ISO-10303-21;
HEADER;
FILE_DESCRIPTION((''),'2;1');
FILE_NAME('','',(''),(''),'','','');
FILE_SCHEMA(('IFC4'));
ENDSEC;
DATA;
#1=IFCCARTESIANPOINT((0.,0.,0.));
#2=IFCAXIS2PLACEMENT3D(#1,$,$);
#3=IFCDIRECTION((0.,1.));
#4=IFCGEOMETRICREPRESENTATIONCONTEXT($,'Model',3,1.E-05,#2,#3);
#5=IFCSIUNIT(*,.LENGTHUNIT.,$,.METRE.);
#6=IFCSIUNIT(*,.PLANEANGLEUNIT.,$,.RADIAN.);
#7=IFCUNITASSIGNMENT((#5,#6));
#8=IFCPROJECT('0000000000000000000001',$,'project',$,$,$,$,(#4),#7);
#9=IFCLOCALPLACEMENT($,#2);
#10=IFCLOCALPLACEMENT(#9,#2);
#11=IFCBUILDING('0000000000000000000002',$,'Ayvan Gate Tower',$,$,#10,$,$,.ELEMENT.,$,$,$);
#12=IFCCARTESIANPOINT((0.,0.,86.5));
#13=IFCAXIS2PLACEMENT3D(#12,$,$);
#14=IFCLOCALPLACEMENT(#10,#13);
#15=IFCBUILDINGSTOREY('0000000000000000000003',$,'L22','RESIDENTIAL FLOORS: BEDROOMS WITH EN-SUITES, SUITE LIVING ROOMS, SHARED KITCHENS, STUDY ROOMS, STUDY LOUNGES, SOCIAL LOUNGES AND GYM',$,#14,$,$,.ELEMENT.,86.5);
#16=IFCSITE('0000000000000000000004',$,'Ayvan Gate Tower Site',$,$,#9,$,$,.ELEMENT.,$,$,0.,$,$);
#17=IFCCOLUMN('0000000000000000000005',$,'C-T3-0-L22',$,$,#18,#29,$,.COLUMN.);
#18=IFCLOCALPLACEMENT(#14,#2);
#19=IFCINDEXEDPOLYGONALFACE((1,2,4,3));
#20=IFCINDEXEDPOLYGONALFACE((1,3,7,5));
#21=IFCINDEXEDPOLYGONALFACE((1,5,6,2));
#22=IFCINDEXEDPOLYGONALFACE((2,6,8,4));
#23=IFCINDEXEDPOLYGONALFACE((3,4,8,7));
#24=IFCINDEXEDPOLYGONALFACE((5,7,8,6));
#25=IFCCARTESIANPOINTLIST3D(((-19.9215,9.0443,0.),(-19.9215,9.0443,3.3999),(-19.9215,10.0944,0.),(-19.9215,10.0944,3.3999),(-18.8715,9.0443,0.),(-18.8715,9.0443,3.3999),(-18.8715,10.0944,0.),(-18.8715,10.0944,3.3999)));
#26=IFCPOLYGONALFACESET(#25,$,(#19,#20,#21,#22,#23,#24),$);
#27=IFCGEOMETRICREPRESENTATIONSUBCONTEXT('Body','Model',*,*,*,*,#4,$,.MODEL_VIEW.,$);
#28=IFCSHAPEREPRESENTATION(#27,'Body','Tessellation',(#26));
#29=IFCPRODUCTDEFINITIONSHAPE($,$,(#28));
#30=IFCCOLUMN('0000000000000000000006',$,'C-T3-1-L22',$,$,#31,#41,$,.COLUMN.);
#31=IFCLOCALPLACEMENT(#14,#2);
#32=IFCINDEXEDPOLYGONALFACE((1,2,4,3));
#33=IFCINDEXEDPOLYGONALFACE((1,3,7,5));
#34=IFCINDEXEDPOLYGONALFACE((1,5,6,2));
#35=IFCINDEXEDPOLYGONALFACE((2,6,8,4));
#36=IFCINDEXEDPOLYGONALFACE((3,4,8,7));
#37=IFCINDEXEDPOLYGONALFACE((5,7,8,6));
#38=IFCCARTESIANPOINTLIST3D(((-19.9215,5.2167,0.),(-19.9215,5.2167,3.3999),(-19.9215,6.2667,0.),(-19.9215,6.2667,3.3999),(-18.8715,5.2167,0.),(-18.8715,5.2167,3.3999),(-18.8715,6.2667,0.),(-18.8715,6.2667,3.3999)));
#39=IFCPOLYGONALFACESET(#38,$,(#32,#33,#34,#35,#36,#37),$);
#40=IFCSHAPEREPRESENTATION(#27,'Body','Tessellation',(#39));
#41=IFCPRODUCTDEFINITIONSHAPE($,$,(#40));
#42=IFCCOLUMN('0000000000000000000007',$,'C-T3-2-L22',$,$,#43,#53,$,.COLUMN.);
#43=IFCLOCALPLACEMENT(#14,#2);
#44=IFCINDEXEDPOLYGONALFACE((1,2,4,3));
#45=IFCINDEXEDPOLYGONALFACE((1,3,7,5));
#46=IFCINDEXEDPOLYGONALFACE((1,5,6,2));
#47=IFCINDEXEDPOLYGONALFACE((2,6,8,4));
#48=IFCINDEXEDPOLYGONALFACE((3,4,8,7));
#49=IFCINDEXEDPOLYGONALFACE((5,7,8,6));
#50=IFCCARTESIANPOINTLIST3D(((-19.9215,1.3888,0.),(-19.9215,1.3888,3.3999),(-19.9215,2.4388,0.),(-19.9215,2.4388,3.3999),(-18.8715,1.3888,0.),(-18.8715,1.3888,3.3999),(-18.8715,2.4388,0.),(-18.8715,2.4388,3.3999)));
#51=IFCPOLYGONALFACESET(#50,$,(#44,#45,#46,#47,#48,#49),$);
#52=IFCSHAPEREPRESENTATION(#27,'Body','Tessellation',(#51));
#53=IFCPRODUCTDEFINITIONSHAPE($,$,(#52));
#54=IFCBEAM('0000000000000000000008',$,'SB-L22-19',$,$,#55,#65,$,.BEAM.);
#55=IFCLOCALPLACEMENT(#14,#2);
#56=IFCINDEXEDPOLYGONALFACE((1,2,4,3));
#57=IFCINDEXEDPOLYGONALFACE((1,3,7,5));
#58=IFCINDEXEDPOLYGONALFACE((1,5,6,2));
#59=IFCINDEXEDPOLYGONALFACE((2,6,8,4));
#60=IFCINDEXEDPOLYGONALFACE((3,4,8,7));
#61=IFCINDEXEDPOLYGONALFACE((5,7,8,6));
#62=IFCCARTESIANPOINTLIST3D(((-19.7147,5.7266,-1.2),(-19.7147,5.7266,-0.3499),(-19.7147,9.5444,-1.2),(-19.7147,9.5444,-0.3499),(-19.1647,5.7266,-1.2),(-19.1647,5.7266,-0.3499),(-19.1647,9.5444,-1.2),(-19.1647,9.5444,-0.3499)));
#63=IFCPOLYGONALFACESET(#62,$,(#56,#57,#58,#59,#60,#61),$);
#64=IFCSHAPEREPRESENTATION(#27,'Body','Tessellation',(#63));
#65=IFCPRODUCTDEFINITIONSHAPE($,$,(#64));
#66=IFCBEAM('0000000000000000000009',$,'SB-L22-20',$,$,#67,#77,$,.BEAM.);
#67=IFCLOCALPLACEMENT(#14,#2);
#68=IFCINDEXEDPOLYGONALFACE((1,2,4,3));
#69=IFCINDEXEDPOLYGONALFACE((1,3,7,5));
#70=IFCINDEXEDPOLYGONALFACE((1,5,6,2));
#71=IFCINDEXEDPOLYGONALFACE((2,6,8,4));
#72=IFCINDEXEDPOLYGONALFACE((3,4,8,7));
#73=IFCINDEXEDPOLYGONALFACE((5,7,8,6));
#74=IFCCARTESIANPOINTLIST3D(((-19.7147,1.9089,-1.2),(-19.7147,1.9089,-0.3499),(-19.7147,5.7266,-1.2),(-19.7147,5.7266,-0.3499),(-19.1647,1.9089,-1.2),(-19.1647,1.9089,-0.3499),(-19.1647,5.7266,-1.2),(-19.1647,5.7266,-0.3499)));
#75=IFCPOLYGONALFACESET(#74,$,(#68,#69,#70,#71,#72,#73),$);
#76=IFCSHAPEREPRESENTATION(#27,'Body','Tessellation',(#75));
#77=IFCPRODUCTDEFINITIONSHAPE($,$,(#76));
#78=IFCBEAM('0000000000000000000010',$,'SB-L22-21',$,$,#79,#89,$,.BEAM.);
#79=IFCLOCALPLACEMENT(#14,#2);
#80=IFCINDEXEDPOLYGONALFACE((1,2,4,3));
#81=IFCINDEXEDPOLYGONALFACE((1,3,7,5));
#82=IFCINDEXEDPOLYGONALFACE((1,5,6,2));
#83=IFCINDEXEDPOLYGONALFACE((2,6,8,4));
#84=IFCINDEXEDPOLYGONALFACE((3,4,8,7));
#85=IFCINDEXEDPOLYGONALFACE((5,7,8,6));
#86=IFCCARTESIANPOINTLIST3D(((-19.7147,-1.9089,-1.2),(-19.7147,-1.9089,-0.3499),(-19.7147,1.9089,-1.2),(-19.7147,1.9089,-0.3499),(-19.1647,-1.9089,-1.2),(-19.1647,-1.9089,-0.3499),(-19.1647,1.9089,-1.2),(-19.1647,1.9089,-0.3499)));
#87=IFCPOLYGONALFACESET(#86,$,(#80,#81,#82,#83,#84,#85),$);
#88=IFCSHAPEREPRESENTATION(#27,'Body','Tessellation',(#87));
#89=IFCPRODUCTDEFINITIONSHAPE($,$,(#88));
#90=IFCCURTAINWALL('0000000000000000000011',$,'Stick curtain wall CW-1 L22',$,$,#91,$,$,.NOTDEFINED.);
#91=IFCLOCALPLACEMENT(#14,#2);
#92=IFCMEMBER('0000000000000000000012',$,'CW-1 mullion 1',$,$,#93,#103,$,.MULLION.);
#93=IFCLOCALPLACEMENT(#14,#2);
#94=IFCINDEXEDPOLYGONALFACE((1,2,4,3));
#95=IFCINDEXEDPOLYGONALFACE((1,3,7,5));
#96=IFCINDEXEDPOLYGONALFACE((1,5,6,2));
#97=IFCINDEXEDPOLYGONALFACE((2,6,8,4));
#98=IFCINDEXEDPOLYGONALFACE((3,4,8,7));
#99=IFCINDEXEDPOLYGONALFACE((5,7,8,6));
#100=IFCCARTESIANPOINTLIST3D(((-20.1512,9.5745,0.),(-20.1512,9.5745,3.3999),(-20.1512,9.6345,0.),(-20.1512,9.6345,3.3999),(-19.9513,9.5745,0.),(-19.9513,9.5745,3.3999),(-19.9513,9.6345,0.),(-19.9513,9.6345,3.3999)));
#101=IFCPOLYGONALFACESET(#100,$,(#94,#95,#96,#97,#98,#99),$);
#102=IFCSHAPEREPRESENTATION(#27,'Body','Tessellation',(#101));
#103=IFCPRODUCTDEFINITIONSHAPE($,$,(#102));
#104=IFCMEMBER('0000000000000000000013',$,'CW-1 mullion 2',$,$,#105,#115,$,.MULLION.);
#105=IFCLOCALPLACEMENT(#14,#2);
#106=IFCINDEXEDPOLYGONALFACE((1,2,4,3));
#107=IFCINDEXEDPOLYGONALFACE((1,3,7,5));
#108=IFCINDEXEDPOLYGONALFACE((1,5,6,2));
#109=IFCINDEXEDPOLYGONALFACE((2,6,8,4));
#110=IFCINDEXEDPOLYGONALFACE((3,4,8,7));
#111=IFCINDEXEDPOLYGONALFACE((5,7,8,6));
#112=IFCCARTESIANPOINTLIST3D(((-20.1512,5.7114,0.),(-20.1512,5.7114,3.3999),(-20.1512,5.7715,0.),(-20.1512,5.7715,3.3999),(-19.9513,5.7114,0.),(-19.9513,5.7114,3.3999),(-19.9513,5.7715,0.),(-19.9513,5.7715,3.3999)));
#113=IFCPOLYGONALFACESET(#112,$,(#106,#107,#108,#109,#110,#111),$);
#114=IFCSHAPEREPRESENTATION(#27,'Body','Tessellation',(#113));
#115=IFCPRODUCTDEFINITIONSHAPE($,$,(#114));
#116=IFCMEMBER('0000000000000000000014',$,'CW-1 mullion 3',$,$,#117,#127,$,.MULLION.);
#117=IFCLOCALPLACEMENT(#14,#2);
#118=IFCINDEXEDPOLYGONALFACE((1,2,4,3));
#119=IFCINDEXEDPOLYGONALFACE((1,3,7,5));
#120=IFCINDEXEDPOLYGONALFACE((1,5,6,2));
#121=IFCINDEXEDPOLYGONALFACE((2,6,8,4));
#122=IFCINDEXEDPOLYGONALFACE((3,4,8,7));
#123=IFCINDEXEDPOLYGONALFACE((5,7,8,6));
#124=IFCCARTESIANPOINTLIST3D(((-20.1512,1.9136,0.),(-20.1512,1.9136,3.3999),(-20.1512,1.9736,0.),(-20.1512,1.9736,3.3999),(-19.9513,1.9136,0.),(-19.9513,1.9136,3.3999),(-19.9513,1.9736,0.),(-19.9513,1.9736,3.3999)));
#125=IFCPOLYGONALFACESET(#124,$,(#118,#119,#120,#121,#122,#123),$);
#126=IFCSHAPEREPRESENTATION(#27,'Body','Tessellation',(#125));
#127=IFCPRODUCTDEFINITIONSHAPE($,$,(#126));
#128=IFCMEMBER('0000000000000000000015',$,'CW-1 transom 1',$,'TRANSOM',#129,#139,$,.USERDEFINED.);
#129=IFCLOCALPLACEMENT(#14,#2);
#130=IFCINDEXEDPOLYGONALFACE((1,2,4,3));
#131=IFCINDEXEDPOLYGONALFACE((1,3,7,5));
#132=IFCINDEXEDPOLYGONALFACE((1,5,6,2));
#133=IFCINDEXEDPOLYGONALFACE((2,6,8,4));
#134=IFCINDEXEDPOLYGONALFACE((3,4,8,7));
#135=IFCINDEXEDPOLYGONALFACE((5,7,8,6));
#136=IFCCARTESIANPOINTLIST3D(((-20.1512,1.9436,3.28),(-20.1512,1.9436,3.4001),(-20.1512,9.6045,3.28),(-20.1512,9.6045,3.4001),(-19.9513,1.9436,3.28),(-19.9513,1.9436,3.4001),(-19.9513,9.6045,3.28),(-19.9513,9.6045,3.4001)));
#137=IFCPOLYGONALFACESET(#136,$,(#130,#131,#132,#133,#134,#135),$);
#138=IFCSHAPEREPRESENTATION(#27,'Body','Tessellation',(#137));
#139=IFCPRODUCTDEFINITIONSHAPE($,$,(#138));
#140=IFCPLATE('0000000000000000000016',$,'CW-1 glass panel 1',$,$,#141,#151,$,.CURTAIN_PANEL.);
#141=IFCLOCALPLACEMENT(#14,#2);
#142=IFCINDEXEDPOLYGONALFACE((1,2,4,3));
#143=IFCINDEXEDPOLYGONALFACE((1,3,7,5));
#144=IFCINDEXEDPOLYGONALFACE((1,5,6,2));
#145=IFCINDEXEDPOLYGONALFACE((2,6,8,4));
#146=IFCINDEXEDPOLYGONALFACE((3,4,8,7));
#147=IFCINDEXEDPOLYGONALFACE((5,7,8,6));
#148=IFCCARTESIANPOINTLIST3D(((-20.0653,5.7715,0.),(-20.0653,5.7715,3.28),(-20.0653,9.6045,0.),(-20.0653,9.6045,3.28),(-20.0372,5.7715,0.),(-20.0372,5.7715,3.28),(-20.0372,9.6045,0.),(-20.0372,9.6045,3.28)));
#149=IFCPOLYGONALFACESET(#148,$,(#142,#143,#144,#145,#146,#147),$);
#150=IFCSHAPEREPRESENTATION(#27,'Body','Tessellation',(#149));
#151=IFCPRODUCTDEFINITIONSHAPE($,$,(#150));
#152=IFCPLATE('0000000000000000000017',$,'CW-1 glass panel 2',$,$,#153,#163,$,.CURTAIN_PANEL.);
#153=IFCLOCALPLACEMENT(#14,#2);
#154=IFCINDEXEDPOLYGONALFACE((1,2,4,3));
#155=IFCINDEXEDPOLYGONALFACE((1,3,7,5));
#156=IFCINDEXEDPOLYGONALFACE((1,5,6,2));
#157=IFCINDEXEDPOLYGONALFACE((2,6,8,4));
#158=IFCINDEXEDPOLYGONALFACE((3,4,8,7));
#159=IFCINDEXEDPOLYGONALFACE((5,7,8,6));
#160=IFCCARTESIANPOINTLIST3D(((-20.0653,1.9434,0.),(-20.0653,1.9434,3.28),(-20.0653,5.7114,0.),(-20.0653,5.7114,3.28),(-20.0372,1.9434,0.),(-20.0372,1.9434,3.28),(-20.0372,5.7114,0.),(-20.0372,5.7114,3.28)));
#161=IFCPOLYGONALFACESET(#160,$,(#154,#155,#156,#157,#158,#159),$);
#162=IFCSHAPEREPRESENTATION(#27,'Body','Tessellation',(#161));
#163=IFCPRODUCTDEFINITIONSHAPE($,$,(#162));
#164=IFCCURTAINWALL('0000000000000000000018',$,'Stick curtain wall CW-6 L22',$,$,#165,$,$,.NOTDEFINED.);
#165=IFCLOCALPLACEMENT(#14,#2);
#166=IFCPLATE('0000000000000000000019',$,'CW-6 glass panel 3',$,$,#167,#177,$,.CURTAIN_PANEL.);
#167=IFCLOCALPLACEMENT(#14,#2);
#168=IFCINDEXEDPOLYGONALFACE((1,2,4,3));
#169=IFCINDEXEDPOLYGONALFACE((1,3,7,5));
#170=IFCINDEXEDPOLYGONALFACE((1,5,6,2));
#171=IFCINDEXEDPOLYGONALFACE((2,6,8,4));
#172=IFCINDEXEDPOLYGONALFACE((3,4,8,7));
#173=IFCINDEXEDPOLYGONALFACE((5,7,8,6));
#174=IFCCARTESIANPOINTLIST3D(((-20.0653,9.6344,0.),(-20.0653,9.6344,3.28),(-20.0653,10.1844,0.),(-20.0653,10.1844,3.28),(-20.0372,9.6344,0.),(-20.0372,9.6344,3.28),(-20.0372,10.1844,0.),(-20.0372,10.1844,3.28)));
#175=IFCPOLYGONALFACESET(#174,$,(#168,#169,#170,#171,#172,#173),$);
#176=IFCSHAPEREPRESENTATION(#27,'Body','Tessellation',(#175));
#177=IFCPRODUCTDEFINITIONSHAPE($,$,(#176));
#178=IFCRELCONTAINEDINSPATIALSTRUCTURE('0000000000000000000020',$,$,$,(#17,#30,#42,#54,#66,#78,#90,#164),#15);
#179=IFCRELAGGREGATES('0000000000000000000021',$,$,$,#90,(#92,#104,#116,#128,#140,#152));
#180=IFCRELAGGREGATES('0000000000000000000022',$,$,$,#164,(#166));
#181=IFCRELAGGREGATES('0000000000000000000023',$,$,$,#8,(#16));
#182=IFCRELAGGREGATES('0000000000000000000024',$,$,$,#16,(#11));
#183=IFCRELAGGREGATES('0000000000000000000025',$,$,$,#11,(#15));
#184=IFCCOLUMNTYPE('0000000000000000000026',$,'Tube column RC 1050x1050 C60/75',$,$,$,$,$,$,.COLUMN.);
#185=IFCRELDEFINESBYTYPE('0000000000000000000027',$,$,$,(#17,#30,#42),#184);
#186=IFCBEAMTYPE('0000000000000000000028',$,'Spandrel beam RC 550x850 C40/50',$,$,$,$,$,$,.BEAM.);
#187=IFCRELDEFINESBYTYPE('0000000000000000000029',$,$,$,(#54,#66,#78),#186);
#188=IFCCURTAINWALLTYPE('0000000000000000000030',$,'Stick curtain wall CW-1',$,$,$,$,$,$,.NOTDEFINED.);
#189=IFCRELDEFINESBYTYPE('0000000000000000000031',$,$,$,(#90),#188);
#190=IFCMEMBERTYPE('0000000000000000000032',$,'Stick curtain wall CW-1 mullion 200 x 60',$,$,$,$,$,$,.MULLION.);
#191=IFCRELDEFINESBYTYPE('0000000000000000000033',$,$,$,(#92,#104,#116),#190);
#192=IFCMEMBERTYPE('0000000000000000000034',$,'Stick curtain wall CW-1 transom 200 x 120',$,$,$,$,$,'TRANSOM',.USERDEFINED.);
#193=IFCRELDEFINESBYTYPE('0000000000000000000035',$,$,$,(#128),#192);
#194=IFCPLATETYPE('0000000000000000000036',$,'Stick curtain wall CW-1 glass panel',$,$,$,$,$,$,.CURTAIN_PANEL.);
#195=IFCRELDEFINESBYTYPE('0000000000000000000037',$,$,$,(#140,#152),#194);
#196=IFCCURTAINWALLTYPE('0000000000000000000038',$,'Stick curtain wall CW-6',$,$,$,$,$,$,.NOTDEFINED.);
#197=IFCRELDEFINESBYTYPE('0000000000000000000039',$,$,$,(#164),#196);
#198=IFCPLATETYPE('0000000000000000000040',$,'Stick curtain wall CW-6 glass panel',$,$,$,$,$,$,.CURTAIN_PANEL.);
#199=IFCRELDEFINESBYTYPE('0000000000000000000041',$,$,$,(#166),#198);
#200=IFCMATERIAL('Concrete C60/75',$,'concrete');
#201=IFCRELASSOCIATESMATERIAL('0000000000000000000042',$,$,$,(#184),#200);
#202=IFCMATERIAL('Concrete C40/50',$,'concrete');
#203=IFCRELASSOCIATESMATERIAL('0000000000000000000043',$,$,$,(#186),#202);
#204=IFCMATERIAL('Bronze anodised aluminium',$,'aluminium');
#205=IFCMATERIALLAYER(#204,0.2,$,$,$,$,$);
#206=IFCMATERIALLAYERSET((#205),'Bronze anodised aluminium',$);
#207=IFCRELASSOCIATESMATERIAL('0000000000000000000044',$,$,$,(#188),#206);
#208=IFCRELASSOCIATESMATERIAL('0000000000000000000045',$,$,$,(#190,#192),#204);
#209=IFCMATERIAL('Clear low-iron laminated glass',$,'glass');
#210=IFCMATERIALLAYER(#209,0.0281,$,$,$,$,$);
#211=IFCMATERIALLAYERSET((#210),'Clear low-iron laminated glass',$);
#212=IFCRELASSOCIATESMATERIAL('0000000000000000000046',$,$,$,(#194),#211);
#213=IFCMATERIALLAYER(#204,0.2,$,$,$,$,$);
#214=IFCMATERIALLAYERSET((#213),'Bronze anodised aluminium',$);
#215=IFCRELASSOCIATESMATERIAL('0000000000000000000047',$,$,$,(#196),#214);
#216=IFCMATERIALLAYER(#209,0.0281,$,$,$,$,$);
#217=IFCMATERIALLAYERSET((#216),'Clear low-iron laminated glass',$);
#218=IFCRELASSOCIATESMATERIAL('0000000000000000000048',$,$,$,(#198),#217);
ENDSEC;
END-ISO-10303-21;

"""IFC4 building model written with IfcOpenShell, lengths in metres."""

from ifc_helpers import new_model, si_unit, direction, frame, origin, origin_2d, place, context, subcontext, project, spatial, rectangle, extrude, material, layer, layer_set, material_profile, profile_set, type_object, element, aggregate, save


model = new_model("IFC4")

# Units and contexts
model_context = context("Model", 3, precision=1e-05, world=origin(), true_north=direction((0.0, 1.0)))
body_context = subcontext(model_context, "Body", "Model", "MODEL_VIEW")
ifc_project = project(units=[si_unit("LENGTHUNIT", "METRE"), si_unit("PLANEANGLEUNIT", "RADIAN")], contexts=[model_context])

# Site, building, storey
site_placement = place(None, origin())
site = spatial("IfcSite", under=ifc_project, at=site_placement, Name="Ayvan Gate Tower Site", CompositionType="ELEMENT", RefElevation=0.0)
building_placement = place(site_placement, origin())
building = spatial("IfcBuilding", under=site, at=building_placement, Name="Ayvan Gate Tower", CompositionType="ELEMENT")
storey_placement = place(building_placement, frame((0.0, 0.0, 86.5)))
storey = spatial("IfcBuildingStorey", under=building, at=storey_placement, Name="L22", Description="RESIDENTIAL FLOORS: BEDROOMS WITH EN-SUITES, SUITE LIVING ROOMS, SHARED KITCHENS, STUDY ROOMS, STUDY LOUNGES, SOCIAL LOUNGES AND GYM", CompositionType="ELEMENT", Elevation=86.5)

# Columns
ifc_material_1 = material(Name="Concrete C60/75", Category="concrete")
ifc_material_profile_1 = material_profile(ifc_material_1, rectangle(XDim=1.05, YDim=1.05, at=origin_2d()), Name="RC 1050x1050")
ifc_profile_set_1 = profile_set([ifc_material_profile_1], Name="Concrete C60/75")
column_type = type_object("IfcColumnType", Name="Tube column RC 1050x1050 C60/75", PredefinedType="COLUMN", material=ifc_profile_set_1)
for number, where, z_axis, x_axis, name in (
    (1, (-19.3965, 9.5693, 0.0), (0.0, 0.0, 1.0), (-1.0, 0.0, 0.0), "C-T3-0-L22"),
    (2, (-19.3965, 5.7417, 0.0), (0.0, 0.0, 1.0), (-1.0, 0.0, 0.0), "C-T3-1-L22"),
    (3, (-19.3965, 1.9138, 0.0), (0.0, 0.0, 1.0), (-1.0, 0.0, 0.0), "C-T3-2-L22"),
):
    element("IfcColumn", number, at=place(storey_placement, frame(where, z_axis=z_axis, x_axis=x_axis)), inside=storey, type_object=column_type, Name=name, PredefinedType="COLUMN", context=body_context, shape_type="SweptSolid", body=[
        extrude(rectangle(XDim=1.05, YDim=1.05, at=origin_2d()), origin(), (0.0, 0.0, 1.0), 3.3999),
    ])

# Beams
ifc_material_2 = material(Name="Concrete C40/50", Category="concrete")
ifc_material_profile_2 = material_profile(ifc_material_2, rectangle(XDim=0.55, YDim=0.8501, at=origin_2d()), Name="RC 550x850")
ifc_profile_set_2 = profile_set([ifc_material_profile_2], Name="Concrete C40/50")
beam_type = type_object("IfcBeamType", Name="Spandrel beam RC 550x850 C40/50", PredefinedType="BEAM", material=ifc_profile_set_2)
beam_1_placement = place(storey_placement, frame((-19.4397, 9.5444, -0.7749), z_axis=(0.0, -1.0, 0.0), x_axis=(1.0, 0.0, 0.0)))
element("IfcBeam", 4, at=beam_1_placement, inside=storey, type_object=beam_type, Name="SB-L22-19", PredefinedType="BEAM", context=body_context, shape_type="SweptSolid", body=[
    extrude(rectangle(XDim=0.55, YDim=0.8501, at=origin_2d()), origin(), (0.0, 0.0, 1.0), 3.8179),
])
beam_2_placement = place(storey_placement, frame((-19.4397, 5.7266, -0.7749), z_axis=(0.0, -1.0, 0.0), x_axis=(1.0, 0.0, 0.0)))
element("IfcBeam", 5, at=beam_2_placement, inside=storey, type_object=beam_type, Name="SB-L22-20", PredefinedType="BEAM", context=body_context, shape_type="SweptSolid", body=[
    extrude(rectangle(XDim=0.55, YDim=0.8501, at=origin_2d()), origin(), (0.0, 0.0, 1.0), 3.8176),
])
beam_3_placement = place(storey_placement, frame((-19.4397, 1.9089, -0.7749), z_axis=(0.0, -1.0, 0.0), x_axis=(1.0, 0.0, 0.0)))
element("IfcBeam", 6, at=beam_3_placement, inside=storey, type_object=beam_type, Name="SB-L22-21", PredefinedType="BEAM", context=body_context, shape_type="SweptSolid", body=[
    extrude(rectangle(XDim=0.55, YDim=0.8501, at=origin_2d()), origin(), (0.0, 0.0, 1.0), 3.8179),
])

# Curtain wall, members, plates
ifc_material_3 = material(Name="Bronze anodised aluminium", Category="aluminium")
ifc_layer_1 = layer(ifc_material_3, 0.2)
ifc_layer_set_1 = layer_set([ifc_layer_1], Name="Bronze anodised aluminium")
curtain_wall_type_1 = type_object("IfcCurtainWallType", Name="Stick curtain wall CW-1", PredefinedType="NOTDEFINED", material=ifc_layer_set_1)
curtain_wall_1_placement = place(storey_placement, origin())
curtain_wall_1 = element("IfcCurtainWall", 7, at=curtain_wall_1_placement, inside=storey, type_object=curtain_wall_type_1, Name="Stick curtain wall CW-1 L22", PredefinedType="NOTDEFINED")
ifc_material_profile_3 = material_profile(ifc_material_3, rectangle(XDim=0.2, YDim=0.0601, at=origin_2d()), Name="Stick curtain wall CW-1 mullion 200 x 60")
ifc_profile_set_3 = profile_set([ifc_material_profile_3], Name="Bronze anodised aluminium")
member_type_1 = type_object("IfcMemberType", Name="Stick curtain wall CW-1 mullion 200 x 60", PredefinedType="MULLION", material=ifc_profile_set_3)
member_1_placement = place(storey_placement, frame((-20.0513, 9.6045, 0.0), z_axis=(0.0, 0.0, 1.0), x_axis=(-1.0, 0.0, 0.0)))
member_1 = element("IfcMember", 8, at=member_1_placement, type_object=member_type_1, Name="CW-1 mullion 1", PredefinedType="MULLION", context=body_context, shape_type="SweptSolid", body=[
    extrude(rectangle(XDim=0.2, YDim=0.0601, at=origin_2d()), origin(), (0.0, 0.0, 1.0), 3.3999),
])
member_2_placement = place(storey_placement, frame((-20.0513, 5.7415, 0.0), z_axis=(0.0, 0.0, 1.0), x_axis=(-1.0, 0.0, 0.0)))
member_2 = element("IfcMember", 9, at=member_2_placement, type_object=member_type_1, Name="CW-1 mullion 2", PredefinedType="MULLION", context=body_context, shape_type="SweptSolid", body=[
    extrude(rectangle(XDim=0.2, YDim=0.0601, at=origin_2d()), origin(), (0.0, 0.0, 1.0), 3.3999),
])
member_3_placement = place(storey_placement, frame((-20.0513, 1.9436, 0.0), z_axis=(0.0, 0.0, 1.0), x_axis=(-1.0, 0.0, 0.0)))
member_3 = element("IfcMember", 10, at=member_3_placement, type_object=member_type_1, Name="CW-1 mullion 3", PredefinedType="MULLION", context=body_context, shape_type="SweptSolid", body=[
    extrude(rectangle(XDim=0.2, YDim=0.0601, at=origin_2d()), origin(), (0.0, 0.0, 1.0), 3.3999),
])
ifc_material_profile_4 = material_profile(ifc_material_3, rectangle(XDim=0.2, YDim=0.1201, at=origin_2d()), Name="Stick curtain wall CW-1 transom 200 x 120")
ifc_profile_set_4 = profile_set([ifc_material_profile_4], Name="Bronze anodised aluminium")
member_type_2 = type_object("IfcMemberType", Name="Stick curtain wall CW-1 transom 200 x 120", ElementType="TRANSOM", PredefinedType="USERDEFINED", material=ifc_profile_set_4)
member_4_placement = place(storey_placement, frame((-20.0513, 9.6045, 3.3401), z_axis=(0.0, -1.0, 0.0), x_axis=(1.0, 0.0, 0.0)))
member_4 = element("IfcMember", 11, at=member_4_placement, type_object=member_type_2, Name="CW-1 transom 1", ObjectType="TRANSOM", PredefinedType="USERDEFINED", context=body_context, shape_type="SweptSolid", body=[
    extrude(rectangle(XDim=0.2, YDim=0.1201, at=origin_2d()), origin(), (0.0, 0.0, 1.0), 7.6609),
])
ifc_material_4 = material(Name="Clear low-iron laminated glass", Category="glass")
ifc_layer_2 = layer(ifc_material_4, 0.0281)
ifc_layer_set_2 = layer_set([ifc_layer_2], Name="Clear low-iron laminated glass")
plate_type_1 = type_object("IfcPlateType", Name="Stick curtain wall CW-1 glass panel", PredefinedType="CURTAIN_PANEL", material=ifc_layer_set_2)
plate_1_placement = place(storey_placement, frame((-20.0513, 7.688, 0.0), z_axis=(0.0, 0.0, 1.0), x_axis=(0.0, -1.0, 0.0)))
plate_1 = element("IfcPlate", 12, at=plate_1_placement, type_object=plate_type_1, Name="CW-1 glass panel 1", PredefinedType="CURTAIN_PANEL", context=body_context, shape_type="SweptSolid", body=[
    extrude(rectangle(XDim=3.833, YDim=0.0281, at=origin_2d()), origin(), (0.0, 0.0, 1.0), 3.28),
])
plate_2_placement = place(storey_placement, frame((-20.0513, 3.8274, 0.0), z_axis=(0.0, 0.0, 1.0), x_axis=(0.0, -1.0, 0.0)))
plate_2 = element("IfcPlate", 13, at=plate_2_placement, type_object=plate_type_1, Name="CW-1 glass panel 2", PredefinedType="CURTAIN_PANEL", context=body_context, shape_type="SweptSolid", body=[
    extrude(rectangle(XDim=3.7681, YDim=0.0281, at=origin_2d()), origin(), (0.0, 0.0, 1.0), 3.28),
])
aggregate(curtain_wall_1, [member_1, member_2, member_3, member_4, plate_1, plate_2])

# Curtain wall, plate
ifc_layer_3 = layer(ifc_material_3, 0.2)
ifc_layer_set_3 = layer_set([ifc_layer_3], Name="Bronze anodised aluminium")
curtain_wall_type_2 = type_object("IfcCurtainWallType", Name="Stick curtain wall CW-6", PredefinedType="NOTDEFINED", material=ifc_layer_set_3)
curtain_wall_2_placement = place(storey_placement, origin())
curtain_wall_2 = element("IfcCurtainWall", 14, at=curtain_wall_2_placement, inside=storey, type_object=curtain_wall_type_2, Name="Stick curtain wall CW-6 L22", PredefinedType="NOTDEFINED")
ifc_layer_4 = layer(ifc_material_4, 0.0281)
ifc_layer_set_4 = layer_set([ifc_layer_4], Name="Clear low-iron laminated glass")
plate_type_2 = type_object("IfcPlateType", Name="Stick curtain wall CW-6 glass panel", PredefinedType="CURTAIN_PANEL", material=ifc_layer_set_4)
plate_3_placement = place(storey_placement, frame((-20.0513, 9.9094, 0.0), z_axis=(0.0, 0.0, 1.0), x_axis=(0.0, -1.0, 0.0)))
plate_3 = element("IfcPlate", 15, at=plate_3_placement, type_object=plate_type_2, Name="CW-6 glass panel 3", PredefinedType="CURTAIN_PANEL", context=body_context, shape_type="SweptSolid", body=[
    extrude(rectangle(XDim=0.55, YDim=0.0281, at=origin_2d()), origin(), (0.0, 0.0, 1.0), 3.28),
])
aggregate(curtain_wall_2, [plate_3])

save(model, "model.ifc")
